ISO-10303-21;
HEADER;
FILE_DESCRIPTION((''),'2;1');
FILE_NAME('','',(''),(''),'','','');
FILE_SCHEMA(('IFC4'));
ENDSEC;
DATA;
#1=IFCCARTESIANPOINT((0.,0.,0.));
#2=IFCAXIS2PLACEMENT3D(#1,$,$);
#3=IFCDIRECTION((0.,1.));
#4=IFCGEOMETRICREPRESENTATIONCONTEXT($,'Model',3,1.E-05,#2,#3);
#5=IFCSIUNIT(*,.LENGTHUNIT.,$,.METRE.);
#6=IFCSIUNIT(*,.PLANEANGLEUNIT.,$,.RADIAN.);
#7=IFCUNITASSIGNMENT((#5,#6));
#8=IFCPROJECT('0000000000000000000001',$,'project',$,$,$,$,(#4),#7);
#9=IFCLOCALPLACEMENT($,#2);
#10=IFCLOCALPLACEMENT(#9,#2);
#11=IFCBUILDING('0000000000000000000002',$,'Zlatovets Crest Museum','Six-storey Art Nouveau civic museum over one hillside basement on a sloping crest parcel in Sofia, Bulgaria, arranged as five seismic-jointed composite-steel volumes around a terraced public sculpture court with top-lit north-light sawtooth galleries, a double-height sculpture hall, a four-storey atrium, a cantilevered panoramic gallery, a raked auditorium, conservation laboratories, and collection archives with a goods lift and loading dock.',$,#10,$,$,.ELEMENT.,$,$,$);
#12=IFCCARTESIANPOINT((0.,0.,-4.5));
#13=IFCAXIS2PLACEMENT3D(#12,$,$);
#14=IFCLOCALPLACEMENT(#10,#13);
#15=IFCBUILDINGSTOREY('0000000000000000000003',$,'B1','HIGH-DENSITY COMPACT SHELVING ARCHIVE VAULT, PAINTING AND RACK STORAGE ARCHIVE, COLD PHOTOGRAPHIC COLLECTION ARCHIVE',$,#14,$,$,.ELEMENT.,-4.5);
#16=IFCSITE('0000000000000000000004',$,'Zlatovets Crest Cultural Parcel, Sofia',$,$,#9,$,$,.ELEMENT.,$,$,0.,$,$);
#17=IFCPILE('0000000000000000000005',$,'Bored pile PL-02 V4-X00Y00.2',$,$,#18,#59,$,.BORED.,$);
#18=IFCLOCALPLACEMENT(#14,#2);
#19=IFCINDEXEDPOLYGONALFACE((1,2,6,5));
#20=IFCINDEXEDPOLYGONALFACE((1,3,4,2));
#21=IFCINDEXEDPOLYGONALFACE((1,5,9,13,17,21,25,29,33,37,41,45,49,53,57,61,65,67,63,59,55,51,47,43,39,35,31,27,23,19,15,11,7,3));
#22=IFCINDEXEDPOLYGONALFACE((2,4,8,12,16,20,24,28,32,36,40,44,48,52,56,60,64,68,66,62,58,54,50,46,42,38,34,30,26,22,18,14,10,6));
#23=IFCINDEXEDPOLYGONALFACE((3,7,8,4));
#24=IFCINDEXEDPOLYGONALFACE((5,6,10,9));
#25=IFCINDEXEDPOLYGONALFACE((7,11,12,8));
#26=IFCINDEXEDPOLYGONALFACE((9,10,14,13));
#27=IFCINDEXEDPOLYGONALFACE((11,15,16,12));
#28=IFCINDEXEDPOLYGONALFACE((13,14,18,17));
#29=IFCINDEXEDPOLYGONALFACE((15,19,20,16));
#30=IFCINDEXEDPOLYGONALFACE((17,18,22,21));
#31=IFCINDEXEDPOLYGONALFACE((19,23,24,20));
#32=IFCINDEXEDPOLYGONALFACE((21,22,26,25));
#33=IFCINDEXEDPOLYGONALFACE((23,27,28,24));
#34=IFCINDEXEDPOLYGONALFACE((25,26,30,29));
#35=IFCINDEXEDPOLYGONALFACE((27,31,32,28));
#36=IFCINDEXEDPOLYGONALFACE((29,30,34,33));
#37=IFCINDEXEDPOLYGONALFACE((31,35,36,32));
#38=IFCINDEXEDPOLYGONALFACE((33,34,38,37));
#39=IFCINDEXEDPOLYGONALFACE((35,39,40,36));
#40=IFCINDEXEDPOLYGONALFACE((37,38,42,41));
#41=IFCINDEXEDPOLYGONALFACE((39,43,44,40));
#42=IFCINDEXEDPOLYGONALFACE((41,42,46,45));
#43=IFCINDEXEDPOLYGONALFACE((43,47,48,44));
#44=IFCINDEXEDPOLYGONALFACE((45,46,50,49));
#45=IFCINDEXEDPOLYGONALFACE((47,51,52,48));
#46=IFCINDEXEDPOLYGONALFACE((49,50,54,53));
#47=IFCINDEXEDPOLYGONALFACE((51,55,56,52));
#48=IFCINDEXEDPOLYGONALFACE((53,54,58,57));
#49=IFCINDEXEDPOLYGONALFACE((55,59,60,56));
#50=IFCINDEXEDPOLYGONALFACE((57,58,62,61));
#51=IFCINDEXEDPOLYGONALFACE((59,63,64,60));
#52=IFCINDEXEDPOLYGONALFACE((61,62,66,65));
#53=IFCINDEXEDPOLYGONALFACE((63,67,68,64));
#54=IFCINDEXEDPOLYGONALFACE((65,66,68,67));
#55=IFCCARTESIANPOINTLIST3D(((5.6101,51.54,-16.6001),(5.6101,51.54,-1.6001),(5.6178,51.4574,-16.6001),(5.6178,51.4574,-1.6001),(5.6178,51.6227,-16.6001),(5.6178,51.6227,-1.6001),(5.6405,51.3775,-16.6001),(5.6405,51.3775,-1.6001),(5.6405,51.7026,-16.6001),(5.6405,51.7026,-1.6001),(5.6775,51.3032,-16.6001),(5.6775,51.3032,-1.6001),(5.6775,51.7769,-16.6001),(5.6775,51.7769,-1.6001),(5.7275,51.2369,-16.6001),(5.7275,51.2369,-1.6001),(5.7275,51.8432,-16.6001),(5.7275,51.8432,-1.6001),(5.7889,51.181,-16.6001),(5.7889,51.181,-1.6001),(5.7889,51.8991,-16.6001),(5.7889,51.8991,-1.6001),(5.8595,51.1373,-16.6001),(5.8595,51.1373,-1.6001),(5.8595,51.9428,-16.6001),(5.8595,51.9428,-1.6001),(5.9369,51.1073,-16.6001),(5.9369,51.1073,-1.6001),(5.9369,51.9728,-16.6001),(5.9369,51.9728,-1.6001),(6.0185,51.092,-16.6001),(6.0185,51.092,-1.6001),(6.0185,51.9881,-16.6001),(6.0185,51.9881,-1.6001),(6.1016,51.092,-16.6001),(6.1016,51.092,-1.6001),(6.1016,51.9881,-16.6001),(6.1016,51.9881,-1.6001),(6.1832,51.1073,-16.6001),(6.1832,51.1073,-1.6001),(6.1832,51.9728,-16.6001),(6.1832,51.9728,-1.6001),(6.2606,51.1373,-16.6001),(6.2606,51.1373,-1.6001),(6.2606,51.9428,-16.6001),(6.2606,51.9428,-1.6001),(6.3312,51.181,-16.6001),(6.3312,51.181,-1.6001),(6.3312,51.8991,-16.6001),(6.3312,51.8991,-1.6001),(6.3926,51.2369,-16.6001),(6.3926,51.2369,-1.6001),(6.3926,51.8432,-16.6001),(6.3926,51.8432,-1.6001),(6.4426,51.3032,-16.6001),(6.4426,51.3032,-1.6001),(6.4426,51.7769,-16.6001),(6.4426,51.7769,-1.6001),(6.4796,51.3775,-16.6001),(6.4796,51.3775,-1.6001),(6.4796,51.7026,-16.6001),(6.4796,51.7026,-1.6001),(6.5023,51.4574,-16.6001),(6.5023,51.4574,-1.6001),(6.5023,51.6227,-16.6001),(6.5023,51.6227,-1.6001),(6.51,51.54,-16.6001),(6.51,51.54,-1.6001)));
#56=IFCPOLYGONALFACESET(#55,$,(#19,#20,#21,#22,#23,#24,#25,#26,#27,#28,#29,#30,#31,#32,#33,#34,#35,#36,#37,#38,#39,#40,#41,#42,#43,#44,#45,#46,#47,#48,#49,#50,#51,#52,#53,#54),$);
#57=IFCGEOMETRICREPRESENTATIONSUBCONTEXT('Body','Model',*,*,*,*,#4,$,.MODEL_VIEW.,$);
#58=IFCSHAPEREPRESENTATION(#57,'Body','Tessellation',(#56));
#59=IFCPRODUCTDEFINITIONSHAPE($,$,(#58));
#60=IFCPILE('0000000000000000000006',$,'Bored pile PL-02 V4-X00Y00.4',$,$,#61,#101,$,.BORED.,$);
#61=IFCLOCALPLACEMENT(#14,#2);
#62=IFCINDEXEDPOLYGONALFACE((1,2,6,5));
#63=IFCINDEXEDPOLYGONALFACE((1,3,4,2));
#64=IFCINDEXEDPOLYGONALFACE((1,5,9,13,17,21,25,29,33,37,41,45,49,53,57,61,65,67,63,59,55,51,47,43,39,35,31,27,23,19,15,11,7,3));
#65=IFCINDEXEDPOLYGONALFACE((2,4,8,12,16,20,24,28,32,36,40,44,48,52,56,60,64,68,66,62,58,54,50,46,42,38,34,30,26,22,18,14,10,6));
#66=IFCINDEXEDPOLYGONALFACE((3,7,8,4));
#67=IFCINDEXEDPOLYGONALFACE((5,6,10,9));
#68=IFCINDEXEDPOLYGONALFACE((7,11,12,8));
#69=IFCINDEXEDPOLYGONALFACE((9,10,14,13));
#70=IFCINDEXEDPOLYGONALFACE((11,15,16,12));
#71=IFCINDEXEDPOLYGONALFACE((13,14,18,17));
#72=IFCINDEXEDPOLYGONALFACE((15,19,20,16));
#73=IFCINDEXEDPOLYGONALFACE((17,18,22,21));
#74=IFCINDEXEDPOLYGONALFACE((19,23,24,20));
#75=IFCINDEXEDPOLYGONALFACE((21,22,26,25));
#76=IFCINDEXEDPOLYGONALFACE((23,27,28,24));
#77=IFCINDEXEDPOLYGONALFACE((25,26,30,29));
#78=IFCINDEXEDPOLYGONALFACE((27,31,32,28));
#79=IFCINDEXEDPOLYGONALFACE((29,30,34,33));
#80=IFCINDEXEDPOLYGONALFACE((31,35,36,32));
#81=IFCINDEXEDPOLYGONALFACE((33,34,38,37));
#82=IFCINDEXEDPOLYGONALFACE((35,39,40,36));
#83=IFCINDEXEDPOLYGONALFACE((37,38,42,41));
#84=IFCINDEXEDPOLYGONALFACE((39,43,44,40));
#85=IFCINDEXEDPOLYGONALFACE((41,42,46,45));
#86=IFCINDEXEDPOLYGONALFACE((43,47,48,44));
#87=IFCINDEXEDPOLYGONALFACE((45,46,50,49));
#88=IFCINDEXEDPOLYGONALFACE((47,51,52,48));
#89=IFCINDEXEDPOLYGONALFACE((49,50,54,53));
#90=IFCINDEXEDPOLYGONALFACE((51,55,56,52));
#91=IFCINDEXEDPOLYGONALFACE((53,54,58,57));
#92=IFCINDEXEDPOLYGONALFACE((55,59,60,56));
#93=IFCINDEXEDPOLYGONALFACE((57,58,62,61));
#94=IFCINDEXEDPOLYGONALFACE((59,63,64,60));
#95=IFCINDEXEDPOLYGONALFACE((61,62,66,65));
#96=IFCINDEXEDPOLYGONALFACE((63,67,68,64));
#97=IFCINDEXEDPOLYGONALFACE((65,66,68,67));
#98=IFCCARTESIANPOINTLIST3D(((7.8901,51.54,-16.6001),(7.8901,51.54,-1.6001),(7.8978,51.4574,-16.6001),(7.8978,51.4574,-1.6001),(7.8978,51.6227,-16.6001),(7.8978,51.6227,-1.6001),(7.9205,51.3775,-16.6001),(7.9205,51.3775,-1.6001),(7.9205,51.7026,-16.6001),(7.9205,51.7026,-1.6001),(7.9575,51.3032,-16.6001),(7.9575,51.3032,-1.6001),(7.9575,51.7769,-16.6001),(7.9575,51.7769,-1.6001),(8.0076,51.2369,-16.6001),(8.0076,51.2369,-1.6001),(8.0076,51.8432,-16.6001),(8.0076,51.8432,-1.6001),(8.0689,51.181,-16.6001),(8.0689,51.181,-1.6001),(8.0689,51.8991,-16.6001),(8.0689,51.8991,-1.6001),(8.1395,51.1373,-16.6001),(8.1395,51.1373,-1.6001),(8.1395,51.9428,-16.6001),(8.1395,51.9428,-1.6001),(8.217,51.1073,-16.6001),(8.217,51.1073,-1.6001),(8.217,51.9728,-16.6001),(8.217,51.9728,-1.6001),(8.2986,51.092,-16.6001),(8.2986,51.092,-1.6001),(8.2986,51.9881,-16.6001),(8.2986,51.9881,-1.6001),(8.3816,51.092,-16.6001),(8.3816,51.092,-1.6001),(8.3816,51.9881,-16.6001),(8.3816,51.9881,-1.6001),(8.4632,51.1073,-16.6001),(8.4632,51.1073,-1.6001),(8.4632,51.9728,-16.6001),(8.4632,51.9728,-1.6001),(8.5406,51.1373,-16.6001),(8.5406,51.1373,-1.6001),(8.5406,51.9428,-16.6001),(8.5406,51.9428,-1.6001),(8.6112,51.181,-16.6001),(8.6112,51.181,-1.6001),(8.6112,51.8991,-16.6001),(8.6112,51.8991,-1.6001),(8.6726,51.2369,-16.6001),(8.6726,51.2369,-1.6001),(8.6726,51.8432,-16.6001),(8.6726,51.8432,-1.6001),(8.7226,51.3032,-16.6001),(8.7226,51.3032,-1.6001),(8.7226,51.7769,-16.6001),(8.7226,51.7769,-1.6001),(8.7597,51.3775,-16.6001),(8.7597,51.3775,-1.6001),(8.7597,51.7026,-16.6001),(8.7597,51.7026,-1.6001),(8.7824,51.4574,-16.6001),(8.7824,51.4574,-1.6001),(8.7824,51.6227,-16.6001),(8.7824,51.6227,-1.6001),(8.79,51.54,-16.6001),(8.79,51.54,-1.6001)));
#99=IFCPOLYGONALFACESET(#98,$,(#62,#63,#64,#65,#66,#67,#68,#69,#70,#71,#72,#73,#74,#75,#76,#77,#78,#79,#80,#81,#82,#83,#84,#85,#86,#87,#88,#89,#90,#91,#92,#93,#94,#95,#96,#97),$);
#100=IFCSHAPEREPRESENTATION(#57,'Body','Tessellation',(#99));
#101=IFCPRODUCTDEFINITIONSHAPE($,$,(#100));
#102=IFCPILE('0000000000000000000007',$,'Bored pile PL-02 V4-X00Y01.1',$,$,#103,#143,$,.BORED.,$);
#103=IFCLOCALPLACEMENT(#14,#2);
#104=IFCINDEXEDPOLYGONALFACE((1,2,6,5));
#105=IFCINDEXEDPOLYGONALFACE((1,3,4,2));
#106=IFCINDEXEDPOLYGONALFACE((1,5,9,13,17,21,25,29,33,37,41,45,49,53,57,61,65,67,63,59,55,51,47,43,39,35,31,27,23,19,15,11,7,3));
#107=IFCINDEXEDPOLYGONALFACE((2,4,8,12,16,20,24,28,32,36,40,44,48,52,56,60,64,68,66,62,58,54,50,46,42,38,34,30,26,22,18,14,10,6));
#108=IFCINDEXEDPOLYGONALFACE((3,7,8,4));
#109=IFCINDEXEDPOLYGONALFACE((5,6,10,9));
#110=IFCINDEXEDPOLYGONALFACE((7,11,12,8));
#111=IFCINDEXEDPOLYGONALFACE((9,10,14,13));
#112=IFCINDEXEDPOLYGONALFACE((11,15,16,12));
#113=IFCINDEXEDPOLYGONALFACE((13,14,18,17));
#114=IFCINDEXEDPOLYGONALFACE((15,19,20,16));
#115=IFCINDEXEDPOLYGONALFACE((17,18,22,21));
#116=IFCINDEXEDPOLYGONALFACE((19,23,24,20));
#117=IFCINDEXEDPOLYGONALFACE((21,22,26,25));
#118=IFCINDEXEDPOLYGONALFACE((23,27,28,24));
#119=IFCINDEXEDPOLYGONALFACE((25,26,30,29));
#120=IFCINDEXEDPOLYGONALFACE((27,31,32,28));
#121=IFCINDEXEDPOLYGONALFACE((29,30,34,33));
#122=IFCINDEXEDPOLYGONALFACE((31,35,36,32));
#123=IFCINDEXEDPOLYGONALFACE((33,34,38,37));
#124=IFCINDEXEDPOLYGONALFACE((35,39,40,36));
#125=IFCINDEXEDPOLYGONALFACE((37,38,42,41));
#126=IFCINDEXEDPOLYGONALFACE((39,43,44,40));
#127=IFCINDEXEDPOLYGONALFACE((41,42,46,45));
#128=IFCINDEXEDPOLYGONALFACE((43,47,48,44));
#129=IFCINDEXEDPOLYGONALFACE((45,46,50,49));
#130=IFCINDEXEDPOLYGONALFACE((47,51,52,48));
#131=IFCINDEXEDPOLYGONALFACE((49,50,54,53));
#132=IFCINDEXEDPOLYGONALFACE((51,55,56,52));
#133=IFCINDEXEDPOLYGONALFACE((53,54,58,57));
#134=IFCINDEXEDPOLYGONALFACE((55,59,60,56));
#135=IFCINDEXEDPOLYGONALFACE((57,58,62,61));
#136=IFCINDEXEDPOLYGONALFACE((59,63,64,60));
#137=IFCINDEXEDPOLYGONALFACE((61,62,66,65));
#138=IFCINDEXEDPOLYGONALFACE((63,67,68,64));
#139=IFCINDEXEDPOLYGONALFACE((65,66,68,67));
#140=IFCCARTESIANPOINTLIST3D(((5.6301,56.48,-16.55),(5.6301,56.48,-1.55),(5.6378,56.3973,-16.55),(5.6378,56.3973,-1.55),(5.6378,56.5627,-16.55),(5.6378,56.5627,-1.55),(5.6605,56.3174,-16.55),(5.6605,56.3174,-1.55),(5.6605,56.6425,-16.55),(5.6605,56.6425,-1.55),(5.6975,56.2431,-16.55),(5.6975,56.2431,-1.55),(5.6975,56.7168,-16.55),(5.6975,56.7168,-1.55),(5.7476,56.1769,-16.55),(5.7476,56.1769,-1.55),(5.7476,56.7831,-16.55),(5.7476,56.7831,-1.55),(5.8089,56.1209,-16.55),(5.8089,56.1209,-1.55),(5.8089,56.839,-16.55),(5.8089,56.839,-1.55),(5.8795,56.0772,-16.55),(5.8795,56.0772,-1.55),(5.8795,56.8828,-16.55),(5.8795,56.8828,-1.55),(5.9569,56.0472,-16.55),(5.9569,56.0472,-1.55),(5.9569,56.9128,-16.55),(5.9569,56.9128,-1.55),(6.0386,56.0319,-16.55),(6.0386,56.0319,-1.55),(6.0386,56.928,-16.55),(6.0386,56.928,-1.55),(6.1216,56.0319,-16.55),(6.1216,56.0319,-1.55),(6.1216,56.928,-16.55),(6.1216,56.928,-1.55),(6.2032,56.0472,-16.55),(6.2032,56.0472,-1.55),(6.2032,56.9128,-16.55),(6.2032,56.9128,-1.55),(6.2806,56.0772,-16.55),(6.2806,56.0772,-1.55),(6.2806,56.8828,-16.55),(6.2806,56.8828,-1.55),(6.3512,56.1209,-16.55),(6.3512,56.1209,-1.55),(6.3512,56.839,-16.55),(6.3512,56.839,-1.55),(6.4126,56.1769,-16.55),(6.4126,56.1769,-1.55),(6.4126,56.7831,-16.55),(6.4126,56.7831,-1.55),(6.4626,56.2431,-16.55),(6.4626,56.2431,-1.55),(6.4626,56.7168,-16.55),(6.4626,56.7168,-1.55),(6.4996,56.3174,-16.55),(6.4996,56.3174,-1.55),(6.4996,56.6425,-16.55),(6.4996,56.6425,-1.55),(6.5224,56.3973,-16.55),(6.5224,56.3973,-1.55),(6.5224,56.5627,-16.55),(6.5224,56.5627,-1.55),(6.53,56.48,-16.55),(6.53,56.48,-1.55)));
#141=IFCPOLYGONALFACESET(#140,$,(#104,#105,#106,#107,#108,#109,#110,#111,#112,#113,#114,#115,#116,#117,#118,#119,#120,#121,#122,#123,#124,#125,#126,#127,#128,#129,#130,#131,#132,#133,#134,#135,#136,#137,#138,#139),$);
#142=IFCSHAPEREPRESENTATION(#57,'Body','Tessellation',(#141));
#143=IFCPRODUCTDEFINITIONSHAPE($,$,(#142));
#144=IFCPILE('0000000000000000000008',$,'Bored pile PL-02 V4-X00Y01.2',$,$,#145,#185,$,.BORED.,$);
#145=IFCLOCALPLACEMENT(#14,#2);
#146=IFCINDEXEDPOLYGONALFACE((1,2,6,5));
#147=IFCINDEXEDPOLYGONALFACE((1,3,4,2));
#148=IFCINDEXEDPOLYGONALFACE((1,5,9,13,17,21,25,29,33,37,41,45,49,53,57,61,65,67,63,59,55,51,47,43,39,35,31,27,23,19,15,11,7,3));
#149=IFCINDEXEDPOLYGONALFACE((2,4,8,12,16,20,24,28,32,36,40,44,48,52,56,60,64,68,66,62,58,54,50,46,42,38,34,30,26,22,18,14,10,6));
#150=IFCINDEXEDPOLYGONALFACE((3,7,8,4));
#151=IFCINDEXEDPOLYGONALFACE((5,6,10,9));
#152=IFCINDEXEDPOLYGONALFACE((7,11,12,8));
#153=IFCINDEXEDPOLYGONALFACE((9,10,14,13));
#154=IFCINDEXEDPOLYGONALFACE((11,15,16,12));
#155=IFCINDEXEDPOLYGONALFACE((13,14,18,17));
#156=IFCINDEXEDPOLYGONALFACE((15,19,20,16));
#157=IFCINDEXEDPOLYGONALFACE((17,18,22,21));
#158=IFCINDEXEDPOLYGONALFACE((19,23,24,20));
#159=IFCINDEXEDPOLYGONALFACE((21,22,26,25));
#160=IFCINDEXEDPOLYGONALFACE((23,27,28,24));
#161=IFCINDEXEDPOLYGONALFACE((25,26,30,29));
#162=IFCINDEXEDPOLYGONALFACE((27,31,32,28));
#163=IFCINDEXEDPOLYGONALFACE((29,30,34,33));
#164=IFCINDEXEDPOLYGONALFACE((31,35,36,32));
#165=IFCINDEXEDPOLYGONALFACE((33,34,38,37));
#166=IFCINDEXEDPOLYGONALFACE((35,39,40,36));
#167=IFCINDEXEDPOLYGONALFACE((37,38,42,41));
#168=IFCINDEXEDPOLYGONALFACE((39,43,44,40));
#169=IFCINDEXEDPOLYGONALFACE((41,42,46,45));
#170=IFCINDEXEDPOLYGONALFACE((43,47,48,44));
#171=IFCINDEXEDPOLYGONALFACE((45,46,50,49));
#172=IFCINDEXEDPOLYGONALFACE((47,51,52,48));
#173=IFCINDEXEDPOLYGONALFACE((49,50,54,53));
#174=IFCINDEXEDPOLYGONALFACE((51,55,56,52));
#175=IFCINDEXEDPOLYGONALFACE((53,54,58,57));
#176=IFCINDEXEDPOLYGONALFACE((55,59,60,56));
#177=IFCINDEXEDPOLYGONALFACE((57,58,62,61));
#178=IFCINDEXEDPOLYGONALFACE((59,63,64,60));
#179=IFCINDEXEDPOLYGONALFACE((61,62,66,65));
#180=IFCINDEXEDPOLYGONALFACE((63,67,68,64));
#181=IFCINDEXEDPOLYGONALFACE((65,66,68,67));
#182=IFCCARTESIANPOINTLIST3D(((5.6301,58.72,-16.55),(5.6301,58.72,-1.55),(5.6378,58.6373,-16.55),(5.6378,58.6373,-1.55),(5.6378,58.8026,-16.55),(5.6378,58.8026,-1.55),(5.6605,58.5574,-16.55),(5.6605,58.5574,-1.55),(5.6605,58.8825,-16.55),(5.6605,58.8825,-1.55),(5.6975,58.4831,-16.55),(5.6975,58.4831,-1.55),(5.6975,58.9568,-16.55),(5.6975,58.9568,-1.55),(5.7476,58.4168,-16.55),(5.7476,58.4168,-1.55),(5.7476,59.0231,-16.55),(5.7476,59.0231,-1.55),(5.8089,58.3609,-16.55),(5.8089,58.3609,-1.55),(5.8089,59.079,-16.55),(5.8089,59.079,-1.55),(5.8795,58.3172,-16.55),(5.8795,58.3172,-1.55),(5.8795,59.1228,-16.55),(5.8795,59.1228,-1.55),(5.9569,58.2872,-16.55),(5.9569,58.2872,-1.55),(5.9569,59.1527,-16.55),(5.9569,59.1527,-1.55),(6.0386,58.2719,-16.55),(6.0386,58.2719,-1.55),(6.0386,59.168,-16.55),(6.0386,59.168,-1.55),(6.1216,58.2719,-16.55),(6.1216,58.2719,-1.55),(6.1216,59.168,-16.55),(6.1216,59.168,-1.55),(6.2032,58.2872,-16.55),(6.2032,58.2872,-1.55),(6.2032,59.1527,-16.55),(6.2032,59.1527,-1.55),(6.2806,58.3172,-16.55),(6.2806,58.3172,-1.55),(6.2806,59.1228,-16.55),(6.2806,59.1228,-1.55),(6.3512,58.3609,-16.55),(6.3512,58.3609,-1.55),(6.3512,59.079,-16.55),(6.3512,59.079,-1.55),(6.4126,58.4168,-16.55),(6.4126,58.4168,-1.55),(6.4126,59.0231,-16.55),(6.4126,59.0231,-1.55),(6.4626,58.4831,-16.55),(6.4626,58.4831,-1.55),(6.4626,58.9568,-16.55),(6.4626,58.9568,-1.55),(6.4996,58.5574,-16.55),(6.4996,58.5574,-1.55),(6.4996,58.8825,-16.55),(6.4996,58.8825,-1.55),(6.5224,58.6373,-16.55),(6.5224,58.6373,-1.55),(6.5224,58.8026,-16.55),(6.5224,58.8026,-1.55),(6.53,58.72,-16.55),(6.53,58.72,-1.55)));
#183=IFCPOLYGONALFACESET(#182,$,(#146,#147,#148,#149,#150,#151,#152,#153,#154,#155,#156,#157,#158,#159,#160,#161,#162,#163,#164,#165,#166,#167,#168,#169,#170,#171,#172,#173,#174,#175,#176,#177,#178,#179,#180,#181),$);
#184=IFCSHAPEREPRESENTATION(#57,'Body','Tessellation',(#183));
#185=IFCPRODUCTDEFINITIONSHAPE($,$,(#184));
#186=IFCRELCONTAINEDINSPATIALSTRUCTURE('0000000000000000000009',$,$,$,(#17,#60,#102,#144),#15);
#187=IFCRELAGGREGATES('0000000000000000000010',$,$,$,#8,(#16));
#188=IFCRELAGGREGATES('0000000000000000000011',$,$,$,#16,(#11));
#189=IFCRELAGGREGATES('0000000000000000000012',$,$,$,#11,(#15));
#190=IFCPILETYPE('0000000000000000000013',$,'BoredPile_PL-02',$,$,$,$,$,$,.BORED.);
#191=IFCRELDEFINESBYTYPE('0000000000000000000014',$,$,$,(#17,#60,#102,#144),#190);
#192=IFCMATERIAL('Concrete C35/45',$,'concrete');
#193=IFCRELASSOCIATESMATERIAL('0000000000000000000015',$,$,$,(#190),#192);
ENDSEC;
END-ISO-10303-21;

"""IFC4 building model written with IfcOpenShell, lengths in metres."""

from ifc_helpers import new_model, si_unit, direction, frame, origin, origin_2d, place, context, subcontext, project, spatial, circle, extrude, material, material_profile, profile_set, type_object, element, save


model = new_model("IFC4")

# Units and contexts
model_context = context("Model", 3, precision=1e-05, world=origin(), true_north=direction((0.0, 1.0)))
body_context = subcontext(model_context, "Body", "Model", "MODEL_VIEW")
ifc_project = project(units=[si_unit("LENGTHUNIT", "METRE"), si_unit("PLANEANGLEUNIT", "RADIAN")], contexts=[model_context])

# Site, building, storey
site_placement = place(None, origin())
site = spatial("IfcSite", under=ifc_project, at=site_placement, Name="Zlatovets Crest Cultural Parcel, Sofia", CompositionType="ELEMENT", RefElevation=0.0)
building_placement = place(site_placement, origin())
building = spatial("IfcBuilding", under=site, at=building_placement, Name="Zlatovets Crest Museum", Description="Six-storey Art Nouveau civic museum over one hillside basement on a sloping crest parcel in Sofia, Bulgaria, arranged as five seismic-jointed composite-steel volumes around a terraced public sculpture court with top-lit north-light sawtooth galleries, a double-height sculpture hall, a four-storey atrium, a cantilevered panoramic gallery, a raked auditorium, conservation laboratories, and collection archives with a goods lift and loading dock.", CompositionType="ELEMENT")
storey_placement = place(building_placement, frame((0.0, 0.0, -4.5)))
storey = spatial("IfcBuildingStorey", under=building, at=storey_placement, Name="B1", Description="HIGH-DENSITY COMPACT SHELVING ARCHIVE VAULT, PAINTING AND RACK STORAGE ARCHIVE, COLD PHOTOGRAPHIC COLLECTION ARCHIVE", CompositionType="ELEMENT", Elevation=-4.5)

# Piles
ifc_material = material(Name="Concrete C35/45", Category="concrete")
ifc_material_profile_1 = material_profile(ifc_material, circle(Radius=0.45, at=origin_2d()), Name="PILE D900")
ifc_profile_set_1 = profile_set([ifc_material_profile_1], Name="Concrete C35/45")
pile_type_1 = type_object("IfcPileType", Name="BoredPile_PL-02", PredefinedType="BORED", material=ifc_profile_set_1)
for number, where, z_axis, x_axis, name in (
    (1, (6.0601, 51.54, -1.6001), (0.0, 0.0, -1.0), (1.0, 0.0, 0.0), "Bored pile PL-02 V4-X00Y00.2"),
    (2, (8.3401, 51.54, -1.6001), (0.0, 0.0, -1.0), (1.0, 0.0, 0.0), "Bored pile PL-02 V4-X00Y00.4"),
    (3, (6.0801, 56.48, -1.55), (0.0, 0.0, -1.0), (1.0, 0.0, 0.0), "Bored pile PL-02 V4-X00Y01.1"),
    (4, (6.0801, 58.72, -1.55), (0.0, 0.0, -1.0), (1.0, 0.0, 0.0), "Bored pile PL-02 V4-X00Y01.2"),
):
    element("IfcPile", number, at=place(storey_placement, frame(where, z_axis=z_axis, x_axis=x_axis)), inside=storey, type_object=pile_type_1, Name=name, PredefinedType="BORED", context=body_context, shape_type="SweptSolid", body=[
        extrude(circle(Radius=0.45, at=origin_2d()), origin(), (0.0, 0.0, 1.0), 15.0),
    ])

save(model, "model.ifc")
